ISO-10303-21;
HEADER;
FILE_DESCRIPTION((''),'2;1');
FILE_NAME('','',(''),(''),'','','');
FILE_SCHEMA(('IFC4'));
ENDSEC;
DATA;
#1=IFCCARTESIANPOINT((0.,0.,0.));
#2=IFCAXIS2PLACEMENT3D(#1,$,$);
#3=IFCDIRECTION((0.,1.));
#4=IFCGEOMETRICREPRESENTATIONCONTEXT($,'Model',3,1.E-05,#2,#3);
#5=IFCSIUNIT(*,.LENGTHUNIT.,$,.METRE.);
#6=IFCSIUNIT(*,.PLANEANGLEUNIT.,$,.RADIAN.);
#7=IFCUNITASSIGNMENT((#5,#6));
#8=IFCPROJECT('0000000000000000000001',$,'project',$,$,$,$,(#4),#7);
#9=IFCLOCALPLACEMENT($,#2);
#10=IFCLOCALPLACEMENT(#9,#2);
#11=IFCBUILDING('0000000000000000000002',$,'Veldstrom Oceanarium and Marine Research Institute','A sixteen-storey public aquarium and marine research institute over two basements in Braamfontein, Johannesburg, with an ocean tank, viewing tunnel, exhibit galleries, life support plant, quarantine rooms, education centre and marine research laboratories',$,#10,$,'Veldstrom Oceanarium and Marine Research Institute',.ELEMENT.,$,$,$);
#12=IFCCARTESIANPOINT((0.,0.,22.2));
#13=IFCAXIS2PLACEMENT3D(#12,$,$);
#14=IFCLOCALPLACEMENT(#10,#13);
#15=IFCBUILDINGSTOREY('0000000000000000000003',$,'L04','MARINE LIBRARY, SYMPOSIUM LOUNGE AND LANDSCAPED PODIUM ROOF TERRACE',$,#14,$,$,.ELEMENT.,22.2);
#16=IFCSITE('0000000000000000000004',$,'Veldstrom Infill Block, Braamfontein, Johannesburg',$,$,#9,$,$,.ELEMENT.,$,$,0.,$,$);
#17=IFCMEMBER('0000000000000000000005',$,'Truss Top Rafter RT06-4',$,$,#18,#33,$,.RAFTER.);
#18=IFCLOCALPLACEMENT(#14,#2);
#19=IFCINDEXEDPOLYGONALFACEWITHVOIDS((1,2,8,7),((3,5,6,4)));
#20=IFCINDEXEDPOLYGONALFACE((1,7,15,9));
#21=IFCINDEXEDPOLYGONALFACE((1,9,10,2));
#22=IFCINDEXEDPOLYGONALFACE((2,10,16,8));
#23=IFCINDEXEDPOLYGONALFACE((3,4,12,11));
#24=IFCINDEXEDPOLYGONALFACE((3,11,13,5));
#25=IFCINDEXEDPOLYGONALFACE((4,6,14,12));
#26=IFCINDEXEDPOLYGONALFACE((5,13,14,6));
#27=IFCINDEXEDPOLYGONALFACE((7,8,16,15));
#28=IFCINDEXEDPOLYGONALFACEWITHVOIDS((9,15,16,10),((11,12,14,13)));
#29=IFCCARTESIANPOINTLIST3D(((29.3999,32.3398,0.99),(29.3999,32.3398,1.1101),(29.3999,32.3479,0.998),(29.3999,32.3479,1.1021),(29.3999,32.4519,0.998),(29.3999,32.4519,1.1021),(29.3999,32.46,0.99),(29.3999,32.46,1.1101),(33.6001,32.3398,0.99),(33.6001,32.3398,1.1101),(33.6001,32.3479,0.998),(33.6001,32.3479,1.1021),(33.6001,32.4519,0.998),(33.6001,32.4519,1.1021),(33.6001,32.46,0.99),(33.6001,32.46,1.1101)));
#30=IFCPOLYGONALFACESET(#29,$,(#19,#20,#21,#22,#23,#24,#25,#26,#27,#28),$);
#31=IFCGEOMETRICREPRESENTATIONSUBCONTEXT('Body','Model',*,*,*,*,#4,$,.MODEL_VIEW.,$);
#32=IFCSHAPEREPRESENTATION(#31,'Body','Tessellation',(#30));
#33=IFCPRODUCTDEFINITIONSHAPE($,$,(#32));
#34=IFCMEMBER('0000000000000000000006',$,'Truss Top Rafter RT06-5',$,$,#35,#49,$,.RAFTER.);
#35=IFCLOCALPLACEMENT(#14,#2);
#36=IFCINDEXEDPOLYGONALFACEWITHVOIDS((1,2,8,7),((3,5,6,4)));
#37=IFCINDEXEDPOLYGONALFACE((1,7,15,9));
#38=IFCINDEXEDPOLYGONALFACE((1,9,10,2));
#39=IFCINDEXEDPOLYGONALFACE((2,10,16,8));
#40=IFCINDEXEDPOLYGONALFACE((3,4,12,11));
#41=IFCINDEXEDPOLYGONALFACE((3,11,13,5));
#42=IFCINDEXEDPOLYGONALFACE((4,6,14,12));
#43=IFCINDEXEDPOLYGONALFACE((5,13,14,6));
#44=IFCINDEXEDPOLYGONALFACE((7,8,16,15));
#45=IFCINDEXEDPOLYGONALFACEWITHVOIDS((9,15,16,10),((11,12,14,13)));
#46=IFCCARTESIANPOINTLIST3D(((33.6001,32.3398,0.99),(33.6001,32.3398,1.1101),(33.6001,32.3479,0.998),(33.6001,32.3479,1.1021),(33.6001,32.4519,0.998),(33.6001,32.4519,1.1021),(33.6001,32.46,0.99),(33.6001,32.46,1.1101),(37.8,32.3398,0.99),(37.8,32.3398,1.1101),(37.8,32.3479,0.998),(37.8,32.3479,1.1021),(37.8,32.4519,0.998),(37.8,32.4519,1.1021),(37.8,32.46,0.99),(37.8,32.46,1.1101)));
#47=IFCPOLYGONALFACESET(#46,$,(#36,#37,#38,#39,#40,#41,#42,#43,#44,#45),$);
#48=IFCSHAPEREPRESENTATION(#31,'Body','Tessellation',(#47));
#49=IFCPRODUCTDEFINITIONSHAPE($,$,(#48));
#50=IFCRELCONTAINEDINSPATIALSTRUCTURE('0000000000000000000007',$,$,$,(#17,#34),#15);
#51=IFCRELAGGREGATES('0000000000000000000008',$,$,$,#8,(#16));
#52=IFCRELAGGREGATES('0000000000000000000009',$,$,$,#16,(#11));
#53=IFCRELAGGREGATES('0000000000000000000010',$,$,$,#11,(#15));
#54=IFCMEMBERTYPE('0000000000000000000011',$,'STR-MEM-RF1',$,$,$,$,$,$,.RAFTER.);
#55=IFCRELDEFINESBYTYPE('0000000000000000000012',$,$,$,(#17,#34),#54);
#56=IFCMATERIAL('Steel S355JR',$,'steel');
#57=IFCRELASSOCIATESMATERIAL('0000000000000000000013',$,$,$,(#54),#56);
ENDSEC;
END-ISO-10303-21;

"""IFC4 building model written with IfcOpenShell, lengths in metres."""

from ifc_helpers import new_model, si_unit, direction, frame, origin, origin_2d, place, context, subcontext, project, spatial, hollow_rectangle, extrude, material, material_profile, profile_set, type_object, element, save


model = new_model("IFC4")

# Units and contexts
model_context = context("Model", 3, precision=1e-05, world=origin(), true_north=direction((0.0, 1.0)))
body_context = subcontext(model_context, "Body", "Model", "MODEL_VIEW")
ifc_project = project(units=[si_unit("LENGTHUNIT", "METRE"), si_unit("PLANEANGLEUNIT", "RADIAN")], contexts=[model_context])

# Site, building, storey
site_placement = place(None, origin())
site = spatial("IfcSite", under=ifc_project, at=site_placement, Name="Veldstrom Infill Block, Braamfontein, Johannesburg", CompositionType="ELEMENT", RefElevation=0.0)
building_placement = place(site_placement, origin())
building = spatial("IfcBuilding", under=site, at=building_placement, Name="Veldstrom Oceanarium and Marine Research Institute", Description="A sixteen-storey public aquarium and marine research institute over two basements in Braamfontein, Johannesburg, with an ocean tank, viewing tunnel, exhibit galleries, life support plant, quarantine rooms, education centre and marine research laboratories", LongName="Veldstrom Oceanarium and Marine Research Institute", CompositionType="ELEMENT")
storey_placement = place(building_placement, frame((0.0, 0.0, 22.2)))
storey = spatial("IfcBuildingStorey", under=building, at=storey_placement, Name="L04", Description="MARINE LIBRARY, SYMPOSIUM LOUNGE AND LANDSCAPED PODIUM ROOF TERRACE", CompositionType="ELEMENT", Elevation=22.2)

# Members
ifc_material_1 = material(Name="Steel S355JR", Category="steel")
ifc_material_profile_1 = material_profile(ifc_material_1, hollow_rectangle(XDim=0.1201, YDim=0.1201, WallThickness=0.0081, at=origin_2d()), Name="SHS 120x120x8")
ifc_profile_set_1 = profile_set([ifc_material_profile_1], Name="Steel S355JR")
member_type_1 = type_object("IfcMemberType", Name="STR-MEM-RF1", PredefinedType="RAFTER", material=ifc_profile_set_1)
member_1_placement = place(storey_placement, frame((29.3999, 32.3999, 1.05), z_axis=(1.0, 0.0, 0.0), x_axis=(0.0, 1.0, 0.0)))
element("IfcMember", 1, at=member_1_placement, inside=storey, type_object=member_type_1, Name="Truss Top Rafter RT06-4", PredefinedType="RAFTER", context=body_context, shape_type="SweptSolid", body=[
    extrude(hollow_rectangle(XDim=0.1201, YDim=0.1201, WallThickness=0.0081, at=origin_2d()), origin(), (0.0, 0.0, 1.0), 4.2002),
])
member_2_placement = place(storey_placement, frame((33.6001, 32.3999, 1.05), z_axis=(1.0, 0.0, 0.0), x_axis=(0.0, 1.0, 0.0)))
element("IfcMember", 2, at=member_2_placement, inside=storey, type_object=member_type_1, Name="Truss Top Rafter RT06-5", PredefinedType="RAFTER", context=body_context, shape_type="SweptSolid", body=[
    extrude(hollow_rectangle(XDim=0.1201, YDim=0.1201, WallThickness=0.0081, at=origin_2d()), origin(), (0.0, 0.0, 1.0), 4.2),
])

save(model, "model.ifc")
